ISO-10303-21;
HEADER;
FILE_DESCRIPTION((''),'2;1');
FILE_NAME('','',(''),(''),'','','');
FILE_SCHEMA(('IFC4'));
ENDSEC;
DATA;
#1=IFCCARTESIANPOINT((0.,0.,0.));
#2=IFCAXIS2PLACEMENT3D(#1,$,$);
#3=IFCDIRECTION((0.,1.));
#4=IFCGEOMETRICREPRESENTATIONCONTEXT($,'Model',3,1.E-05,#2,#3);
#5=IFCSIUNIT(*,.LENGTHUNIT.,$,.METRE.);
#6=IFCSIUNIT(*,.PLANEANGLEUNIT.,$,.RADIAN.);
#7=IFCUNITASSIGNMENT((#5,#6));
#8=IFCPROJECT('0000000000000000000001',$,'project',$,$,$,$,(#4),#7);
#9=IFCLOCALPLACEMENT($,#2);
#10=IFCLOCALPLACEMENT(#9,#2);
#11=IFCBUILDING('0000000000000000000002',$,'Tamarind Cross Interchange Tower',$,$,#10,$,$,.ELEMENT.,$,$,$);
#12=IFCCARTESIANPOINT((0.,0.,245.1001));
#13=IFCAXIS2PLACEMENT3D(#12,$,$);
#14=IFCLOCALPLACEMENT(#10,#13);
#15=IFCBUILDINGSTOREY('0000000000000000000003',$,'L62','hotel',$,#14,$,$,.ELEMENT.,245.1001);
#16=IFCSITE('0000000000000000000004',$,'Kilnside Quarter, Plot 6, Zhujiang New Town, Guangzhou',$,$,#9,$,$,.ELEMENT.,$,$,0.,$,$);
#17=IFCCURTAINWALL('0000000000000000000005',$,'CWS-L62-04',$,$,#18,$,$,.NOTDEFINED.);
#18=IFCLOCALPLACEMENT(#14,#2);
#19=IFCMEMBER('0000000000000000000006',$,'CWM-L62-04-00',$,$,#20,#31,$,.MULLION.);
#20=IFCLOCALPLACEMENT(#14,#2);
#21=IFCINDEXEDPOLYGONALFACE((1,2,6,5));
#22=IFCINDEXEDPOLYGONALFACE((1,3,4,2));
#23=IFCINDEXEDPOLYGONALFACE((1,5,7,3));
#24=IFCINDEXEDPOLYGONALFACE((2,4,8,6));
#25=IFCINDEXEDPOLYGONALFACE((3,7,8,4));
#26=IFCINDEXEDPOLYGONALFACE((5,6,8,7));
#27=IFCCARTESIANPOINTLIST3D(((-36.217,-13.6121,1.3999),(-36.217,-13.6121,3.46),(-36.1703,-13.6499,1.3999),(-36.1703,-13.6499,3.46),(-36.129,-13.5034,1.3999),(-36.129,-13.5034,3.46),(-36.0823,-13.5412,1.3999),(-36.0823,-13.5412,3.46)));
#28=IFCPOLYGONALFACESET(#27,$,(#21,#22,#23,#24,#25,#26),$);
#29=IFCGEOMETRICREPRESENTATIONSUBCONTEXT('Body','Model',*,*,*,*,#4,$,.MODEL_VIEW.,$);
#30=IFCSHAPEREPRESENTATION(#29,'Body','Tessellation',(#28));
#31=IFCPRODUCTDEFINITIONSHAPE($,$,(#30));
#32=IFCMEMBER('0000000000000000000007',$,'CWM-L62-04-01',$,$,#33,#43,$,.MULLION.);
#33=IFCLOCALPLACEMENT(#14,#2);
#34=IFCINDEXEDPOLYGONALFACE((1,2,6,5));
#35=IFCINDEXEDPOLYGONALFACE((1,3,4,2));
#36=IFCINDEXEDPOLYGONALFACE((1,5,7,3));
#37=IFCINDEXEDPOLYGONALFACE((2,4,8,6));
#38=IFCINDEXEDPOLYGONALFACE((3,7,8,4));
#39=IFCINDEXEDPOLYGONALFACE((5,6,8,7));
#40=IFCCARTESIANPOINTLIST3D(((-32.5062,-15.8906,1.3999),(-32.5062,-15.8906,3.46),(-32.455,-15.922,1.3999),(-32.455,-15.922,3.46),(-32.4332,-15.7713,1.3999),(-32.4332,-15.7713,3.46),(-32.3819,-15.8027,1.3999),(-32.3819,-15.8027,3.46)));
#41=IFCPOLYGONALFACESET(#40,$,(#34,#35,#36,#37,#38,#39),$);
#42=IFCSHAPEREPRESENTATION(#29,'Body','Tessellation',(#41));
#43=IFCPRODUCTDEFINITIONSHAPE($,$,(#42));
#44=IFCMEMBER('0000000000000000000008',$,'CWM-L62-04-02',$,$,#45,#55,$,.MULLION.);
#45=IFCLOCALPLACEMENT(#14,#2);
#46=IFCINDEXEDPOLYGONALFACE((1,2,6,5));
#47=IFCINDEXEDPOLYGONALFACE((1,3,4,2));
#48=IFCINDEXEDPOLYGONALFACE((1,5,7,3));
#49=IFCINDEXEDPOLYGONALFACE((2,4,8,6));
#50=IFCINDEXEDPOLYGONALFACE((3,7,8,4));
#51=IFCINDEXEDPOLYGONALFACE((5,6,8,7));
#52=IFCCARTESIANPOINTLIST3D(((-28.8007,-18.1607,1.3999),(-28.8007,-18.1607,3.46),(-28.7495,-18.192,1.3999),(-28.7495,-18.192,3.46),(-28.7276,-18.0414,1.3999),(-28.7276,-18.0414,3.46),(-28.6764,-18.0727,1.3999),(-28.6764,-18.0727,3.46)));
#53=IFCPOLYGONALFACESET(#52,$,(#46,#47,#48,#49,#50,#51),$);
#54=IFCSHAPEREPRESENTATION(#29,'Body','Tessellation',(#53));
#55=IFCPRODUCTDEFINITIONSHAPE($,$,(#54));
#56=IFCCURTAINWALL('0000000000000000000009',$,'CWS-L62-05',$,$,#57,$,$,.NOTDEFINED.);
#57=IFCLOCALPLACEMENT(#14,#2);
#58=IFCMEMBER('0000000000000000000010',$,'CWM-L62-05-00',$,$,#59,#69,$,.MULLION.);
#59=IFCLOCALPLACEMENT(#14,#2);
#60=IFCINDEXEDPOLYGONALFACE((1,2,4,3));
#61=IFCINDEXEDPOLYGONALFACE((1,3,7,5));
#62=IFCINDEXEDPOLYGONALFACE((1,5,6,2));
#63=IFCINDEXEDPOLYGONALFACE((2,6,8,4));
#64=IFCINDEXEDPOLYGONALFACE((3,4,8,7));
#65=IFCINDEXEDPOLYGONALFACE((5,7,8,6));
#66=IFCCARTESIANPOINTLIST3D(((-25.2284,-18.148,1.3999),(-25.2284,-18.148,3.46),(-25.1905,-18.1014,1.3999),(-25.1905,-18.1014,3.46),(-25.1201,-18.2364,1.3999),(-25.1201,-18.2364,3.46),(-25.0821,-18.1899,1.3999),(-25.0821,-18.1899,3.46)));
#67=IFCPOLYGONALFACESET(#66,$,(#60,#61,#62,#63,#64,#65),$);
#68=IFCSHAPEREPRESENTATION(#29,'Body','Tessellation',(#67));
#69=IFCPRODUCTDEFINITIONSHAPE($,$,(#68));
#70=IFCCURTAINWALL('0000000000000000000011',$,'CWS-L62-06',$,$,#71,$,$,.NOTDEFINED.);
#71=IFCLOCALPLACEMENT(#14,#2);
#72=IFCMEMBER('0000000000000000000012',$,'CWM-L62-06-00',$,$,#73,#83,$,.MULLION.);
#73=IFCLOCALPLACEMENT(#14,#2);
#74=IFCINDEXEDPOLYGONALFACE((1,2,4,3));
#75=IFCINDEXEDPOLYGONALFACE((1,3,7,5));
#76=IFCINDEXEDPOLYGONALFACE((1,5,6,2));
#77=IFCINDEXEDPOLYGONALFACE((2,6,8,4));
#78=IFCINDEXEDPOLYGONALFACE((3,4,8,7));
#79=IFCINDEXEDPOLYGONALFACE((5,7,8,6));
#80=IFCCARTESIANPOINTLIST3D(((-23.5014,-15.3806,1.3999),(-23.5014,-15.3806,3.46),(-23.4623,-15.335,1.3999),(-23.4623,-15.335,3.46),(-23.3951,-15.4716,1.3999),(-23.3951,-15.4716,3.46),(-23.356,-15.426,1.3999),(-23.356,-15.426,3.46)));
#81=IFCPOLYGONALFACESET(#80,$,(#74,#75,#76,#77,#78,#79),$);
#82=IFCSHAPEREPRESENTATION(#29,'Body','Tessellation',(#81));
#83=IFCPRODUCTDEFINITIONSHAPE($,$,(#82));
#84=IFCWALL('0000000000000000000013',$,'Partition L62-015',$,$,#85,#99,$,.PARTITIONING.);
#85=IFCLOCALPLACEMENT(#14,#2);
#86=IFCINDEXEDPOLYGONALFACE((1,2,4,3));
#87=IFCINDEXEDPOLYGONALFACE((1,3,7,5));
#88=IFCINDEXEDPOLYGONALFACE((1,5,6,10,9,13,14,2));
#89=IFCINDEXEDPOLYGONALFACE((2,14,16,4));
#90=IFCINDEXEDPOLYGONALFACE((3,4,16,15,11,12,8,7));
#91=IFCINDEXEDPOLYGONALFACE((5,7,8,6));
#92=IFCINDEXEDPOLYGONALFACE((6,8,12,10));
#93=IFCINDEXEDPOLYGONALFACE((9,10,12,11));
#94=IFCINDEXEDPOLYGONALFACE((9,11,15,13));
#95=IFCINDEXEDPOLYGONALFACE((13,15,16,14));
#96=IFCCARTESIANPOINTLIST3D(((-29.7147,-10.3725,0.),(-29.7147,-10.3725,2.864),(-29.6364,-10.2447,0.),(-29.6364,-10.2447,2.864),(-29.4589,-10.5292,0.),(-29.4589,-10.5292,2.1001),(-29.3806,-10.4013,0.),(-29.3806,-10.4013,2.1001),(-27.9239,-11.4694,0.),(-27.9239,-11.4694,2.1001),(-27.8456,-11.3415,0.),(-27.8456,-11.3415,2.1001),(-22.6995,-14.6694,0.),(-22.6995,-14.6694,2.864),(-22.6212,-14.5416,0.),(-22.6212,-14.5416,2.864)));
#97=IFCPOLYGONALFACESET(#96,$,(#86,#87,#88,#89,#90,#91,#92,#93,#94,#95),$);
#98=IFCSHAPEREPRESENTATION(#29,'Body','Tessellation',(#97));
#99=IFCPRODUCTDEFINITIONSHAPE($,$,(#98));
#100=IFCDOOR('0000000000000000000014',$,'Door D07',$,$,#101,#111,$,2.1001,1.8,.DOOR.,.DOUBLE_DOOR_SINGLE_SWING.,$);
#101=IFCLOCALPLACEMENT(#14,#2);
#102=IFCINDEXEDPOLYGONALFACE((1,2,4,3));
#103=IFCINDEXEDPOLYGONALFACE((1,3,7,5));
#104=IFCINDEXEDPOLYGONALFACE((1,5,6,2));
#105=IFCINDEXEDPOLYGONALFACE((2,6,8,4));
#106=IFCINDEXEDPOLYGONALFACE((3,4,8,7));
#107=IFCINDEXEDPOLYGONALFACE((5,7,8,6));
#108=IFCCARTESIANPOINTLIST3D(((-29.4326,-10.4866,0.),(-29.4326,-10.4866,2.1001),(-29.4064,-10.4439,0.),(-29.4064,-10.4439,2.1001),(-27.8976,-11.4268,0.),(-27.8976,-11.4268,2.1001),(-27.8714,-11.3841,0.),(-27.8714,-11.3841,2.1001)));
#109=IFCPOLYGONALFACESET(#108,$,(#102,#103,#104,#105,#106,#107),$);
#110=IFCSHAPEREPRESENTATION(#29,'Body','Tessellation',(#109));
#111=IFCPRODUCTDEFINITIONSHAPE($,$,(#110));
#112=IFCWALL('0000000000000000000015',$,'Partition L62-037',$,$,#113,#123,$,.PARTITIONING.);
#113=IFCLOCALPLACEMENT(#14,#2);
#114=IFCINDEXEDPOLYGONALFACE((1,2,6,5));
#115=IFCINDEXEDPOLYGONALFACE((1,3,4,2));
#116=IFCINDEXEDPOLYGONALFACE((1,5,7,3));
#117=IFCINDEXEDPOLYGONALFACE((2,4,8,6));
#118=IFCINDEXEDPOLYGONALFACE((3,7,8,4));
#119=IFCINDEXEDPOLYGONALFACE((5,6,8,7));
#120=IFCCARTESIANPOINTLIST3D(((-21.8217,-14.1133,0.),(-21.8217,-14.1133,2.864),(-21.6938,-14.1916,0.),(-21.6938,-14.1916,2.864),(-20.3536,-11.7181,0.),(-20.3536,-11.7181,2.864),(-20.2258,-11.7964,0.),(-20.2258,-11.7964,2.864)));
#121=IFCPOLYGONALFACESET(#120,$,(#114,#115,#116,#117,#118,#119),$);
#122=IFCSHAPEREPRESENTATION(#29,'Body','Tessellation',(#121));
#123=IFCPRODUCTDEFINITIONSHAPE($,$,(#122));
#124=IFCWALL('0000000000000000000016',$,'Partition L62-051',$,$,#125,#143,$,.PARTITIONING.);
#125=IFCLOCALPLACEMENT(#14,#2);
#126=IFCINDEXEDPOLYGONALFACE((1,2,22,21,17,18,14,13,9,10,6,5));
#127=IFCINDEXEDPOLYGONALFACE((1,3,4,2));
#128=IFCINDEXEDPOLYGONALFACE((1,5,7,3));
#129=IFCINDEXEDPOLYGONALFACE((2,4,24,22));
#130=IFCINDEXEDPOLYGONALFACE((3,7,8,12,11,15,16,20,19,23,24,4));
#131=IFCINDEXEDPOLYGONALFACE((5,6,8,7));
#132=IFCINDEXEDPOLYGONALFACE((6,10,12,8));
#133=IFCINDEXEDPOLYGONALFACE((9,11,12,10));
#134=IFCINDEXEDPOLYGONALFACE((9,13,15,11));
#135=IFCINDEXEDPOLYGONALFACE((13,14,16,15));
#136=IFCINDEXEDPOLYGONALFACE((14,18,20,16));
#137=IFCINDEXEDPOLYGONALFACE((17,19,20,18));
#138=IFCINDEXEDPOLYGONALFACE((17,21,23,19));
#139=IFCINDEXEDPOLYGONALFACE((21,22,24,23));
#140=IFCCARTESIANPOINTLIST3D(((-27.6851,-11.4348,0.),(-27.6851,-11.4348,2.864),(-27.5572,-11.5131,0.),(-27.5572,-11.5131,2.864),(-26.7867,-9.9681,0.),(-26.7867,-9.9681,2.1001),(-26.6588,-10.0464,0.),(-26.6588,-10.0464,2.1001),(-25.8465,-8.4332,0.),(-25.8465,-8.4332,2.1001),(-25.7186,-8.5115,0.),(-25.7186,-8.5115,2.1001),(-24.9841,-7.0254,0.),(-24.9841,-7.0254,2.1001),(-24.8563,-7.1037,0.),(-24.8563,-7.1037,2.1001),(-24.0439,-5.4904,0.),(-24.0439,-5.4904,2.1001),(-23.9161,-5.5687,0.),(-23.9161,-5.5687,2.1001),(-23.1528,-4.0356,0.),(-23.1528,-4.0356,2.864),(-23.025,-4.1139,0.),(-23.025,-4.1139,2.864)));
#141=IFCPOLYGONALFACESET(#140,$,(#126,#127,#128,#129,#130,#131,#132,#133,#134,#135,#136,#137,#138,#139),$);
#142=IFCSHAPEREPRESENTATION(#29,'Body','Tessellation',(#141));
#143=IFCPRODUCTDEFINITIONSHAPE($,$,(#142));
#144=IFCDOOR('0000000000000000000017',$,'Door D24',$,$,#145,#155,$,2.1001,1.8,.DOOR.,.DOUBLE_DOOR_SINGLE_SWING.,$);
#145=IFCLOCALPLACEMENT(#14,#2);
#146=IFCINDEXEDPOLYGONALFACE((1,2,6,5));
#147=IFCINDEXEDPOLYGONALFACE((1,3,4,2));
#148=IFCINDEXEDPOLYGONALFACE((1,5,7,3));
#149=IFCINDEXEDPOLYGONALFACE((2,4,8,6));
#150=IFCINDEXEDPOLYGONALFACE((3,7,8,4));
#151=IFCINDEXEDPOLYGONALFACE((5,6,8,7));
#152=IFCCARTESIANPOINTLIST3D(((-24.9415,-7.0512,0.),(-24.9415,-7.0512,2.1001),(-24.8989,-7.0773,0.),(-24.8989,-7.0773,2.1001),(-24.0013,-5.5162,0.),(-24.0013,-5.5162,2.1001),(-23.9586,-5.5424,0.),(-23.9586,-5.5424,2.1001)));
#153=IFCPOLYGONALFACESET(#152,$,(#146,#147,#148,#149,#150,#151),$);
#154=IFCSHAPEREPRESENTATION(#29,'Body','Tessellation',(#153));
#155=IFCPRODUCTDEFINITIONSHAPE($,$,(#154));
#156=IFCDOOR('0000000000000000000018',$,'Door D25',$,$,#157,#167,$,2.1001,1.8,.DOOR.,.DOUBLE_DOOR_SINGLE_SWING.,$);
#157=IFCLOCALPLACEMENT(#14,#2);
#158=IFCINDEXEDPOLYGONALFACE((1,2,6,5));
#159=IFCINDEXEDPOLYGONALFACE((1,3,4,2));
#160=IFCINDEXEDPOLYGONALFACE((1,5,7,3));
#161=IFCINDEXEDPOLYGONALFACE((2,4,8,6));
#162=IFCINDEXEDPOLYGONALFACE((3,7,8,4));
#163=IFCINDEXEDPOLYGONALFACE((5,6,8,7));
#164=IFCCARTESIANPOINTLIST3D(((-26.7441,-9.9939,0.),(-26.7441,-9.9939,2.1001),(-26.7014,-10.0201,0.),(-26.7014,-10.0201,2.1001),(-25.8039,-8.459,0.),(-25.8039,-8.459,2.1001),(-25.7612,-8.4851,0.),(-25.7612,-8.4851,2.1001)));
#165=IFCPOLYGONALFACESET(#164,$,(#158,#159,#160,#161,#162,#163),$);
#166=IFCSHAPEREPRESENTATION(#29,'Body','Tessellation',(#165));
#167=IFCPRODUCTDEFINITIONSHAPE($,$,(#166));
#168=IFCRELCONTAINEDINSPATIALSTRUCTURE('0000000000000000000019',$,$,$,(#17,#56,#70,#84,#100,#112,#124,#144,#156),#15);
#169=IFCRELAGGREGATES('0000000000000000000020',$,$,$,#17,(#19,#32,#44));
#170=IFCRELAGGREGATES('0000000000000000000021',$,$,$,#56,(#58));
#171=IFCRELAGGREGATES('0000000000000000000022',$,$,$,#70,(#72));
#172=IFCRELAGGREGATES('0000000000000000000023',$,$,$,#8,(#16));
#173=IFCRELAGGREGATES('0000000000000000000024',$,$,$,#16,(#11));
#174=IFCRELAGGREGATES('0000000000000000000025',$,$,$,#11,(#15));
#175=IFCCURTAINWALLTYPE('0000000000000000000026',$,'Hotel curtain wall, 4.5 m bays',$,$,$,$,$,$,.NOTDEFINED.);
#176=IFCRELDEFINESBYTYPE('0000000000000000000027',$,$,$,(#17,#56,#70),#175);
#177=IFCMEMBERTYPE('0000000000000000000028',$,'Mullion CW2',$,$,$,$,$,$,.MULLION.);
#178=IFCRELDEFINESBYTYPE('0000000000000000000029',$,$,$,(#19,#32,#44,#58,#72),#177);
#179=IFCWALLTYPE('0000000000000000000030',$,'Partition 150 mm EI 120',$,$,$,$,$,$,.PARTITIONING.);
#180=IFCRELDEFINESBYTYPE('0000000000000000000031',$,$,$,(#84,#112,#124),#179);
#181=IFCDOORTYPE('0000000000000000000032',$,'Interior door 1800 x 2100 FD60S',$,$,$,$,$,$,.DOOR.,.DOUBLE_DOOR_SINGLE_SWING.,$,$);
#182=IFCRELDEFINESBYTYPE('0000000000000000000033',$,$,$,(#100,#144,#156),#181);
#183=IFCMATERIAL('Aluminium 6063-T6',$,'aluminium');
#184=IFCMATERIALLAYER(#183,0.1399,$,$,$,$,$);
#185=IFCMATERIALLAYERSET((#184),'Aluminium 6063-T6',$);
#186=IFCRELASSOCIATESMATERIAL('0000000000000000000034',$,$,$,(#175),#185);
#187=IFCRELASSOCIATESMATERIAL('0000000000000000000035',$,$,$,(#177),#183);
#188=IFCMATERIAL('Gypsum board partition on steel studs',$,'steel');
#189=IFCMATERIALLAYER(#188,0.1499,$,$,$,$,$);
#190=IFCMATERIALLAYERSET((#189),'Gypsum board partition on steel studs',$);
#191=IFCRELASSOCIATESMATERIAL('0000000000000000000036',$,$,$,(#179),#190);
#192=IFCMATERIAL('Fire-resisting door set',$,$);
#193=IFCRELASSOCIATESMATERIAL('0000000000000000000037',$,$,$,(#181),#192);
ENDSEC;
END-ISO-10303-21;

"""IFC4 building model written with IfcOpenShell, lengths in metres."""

from ifc_helpers import new_model, si_unit, direction, frame, frame_2d, origin, origin_2d, place, context, subcontext, project, spatial, rectangle, extrude, material, layer, layer_set, material_profile, profile_set, type_object, element, fill, aggregate, save


model = new_model("IFC4")

# Units and contexts
model_context = context("Model", 3, precision=1e-05, world=origin(), true_north=direction((0.0, 1.0)))
body_context = subcontext(model_context, "Body", "Model", "MODEL_VIEW")
ifc_project = project(units=[si_unit("LENGTHUNIT", "METRE"), si_unit("PLANEANGLEUNIT", "RADIAN")], contexts=[model_context])

# Site, building, storey
site_placement = place(None, origin())
site = spatial("IfcSite", under=ifc_project, at=site_placement, Name="Kilnside Quarter, Plot 6, Zhujiang New Town, Guangzhou", CompositionType="ELEMENT", RefElevation=0.0)
building_placement = place(site_placement, origin())
building = spatial("IfcBuilding", under=site, at=building_placement, Name="Tamarind Cross Interchange Tower", CompositionType="ELEMENT")
storey_placement = place(building_placement, frame((0.0, 0.0, 245.1001)))
storey = spatial("IfcBuildingStorey", under=building, at=storey_placement, Name="L62", Description="hotel", CompositionType="ELEMENT", Elevation=245.1001)

# Curtain wall, members
ifc_material_1 = material(Name="Aluminium 6063-T6", Category="aluminium")
ifc_layer_1 = layer(ifc_material_1, 0.1399)
ifc_layer_set_1 = layer_set([ifc_layer_1], Name="Aluminium 6063-T6")
curtain_wall_type = type_object("IfcCurtainWallType", Name="Hotel curtain wall, 4.5 m bays", PredefinedType="NOTDEFINED", material=ifc_layer_set_1)
curtain_wall_1_placement = place(storey_placement, origin())
curtain_wall_1 = element("IfcCurtainWall", 1, at=curtain_wall_1_placement, inside=storey, type_object=curtain_wall_type, Name="CWS-L62-04", PredefinedType="NOTDEFINED")
ifc_material_profile_1 = material_profile(ifc_material_1, rectangle(XDim=0.0601, YDim=0.1399, at=origin_2d()), Name="Mullion CW2")
ifc_profile_set_1 = profile_set([ifc_material_profile_1], Name="Aluminium 6063-T6")
member_type = type_object("IfcMemberType", Name="Mullion CW2", PredefinedType="MULLION", material=ifc_profile_set_1)
member_1_placement = place(storey_placement, frame((-36.1497, -13.5767, 1.3999), z_axis=(0.0, 0.0, 1.0), x_axis=(0.777243, -0.629201, 0.0)))
member_1 = element("IfcMember", 2, at=member_1_placement, type_object=member_type, Name="CWM-L62-04-00", PredefinedType="MULLION", context=body_context, shape_type="SweptSolid", body=[
    extrude(rectangle(XDim=0.0601, YDim=0.1399, at=origin_2d()), origin(), (0.0, 0.0, 1.0), 2.0601),
])
member_2_placement = place(storey_placement, frame((-32.4441, -15.8467, 1.3999), z_axis=(0.0, 0.0, 1.0), x_axis=(0.85272, -0.522368, 0.0)))
member_2 = element("IfcMember", 3, at=member_2_placement, type_object=member_type, Name="CWM-L62-04-01", PredefinedType="MULLION", context=body_context, shape_type="SweptSolid", body=[
    extrude(rectangle(XDim=0.0601, YDim=0.1399, at=origin_2d()), origin(), (0.0, 0.0, 1.0), 2.0601),
])
member_3_placement = place(storey_placement, frame((-28.7385, -18.1167, 1.3999), z_axis=(0.0, 0.0, 1.0), x_axis=(0.85272, -0.522368, 0.0)))
member_3 = element("IfcMember", 4, at=member_3_placement, type_object=member_type, Name="CWM-L62-04-02", PredefinedType="MULLION", context=body_context, shape_type="SweptSolid", body=[
    extrude(rectangle(XDim=0.0601, YDim=0.1399, at=origin_2d()), origin(), (0.0, 0.0, 1.0), 2.0601),
])
aggregate(curtain_wall_1, [member_1, member_2, member_3])

# Curtain walls, members
curtain_wall_2_placement = place(storey_placement, origin())
curtain_wall_2 = element("IfcCurtainWall", 5, at=curtain_wall_2_placement, inside=storey, type_object=curtain_wall_type, Name="CWS-L62-05", PredefinedType="NOTDEFINED")
member_4_placement = place(storey_placement, frame((-25.1553, -18.1689, 1.3999), z_axis=(0.0, 0.0, 1.0), x_axis=(0.632497, 0.774563, 0.0)))
member_4 = element("IfcMember", 6, at=member_4_placement, type_object=member_type, Name="CWM-L62-05-00", PredefinedType="MULLION", context=body_context, shape_type="SweptSolid", body=[
    extrude(rectangle(XDim=0.0601, YDim=0.1399, at=origin_2d()), origin(), (0.0, 0.0, 1.0), 2.0601),
])
aggregate(curtain_wall_2, [member_4])
curtain_wall_3_placement = place(storey_placement, origin())
curtain_wall_3 = element("IfcCurtainWall", 7, at=curtain_wall_3_placement, inside=storey, type_object=curtain_wall_type, Name="CWS-L62-06", PredefinedType="NOTDEFINED")
member_5_placement = place(storey_placement, frame((-23.4287, -15.4033, 1.3999), z_axis=(0.0, 0.0, 1.0), x_axis=(0.650273, 0.759701, 0.0)))
member_5 = element("IfcMember", 8, at=member_5_placement, type_object=member_type, Name="CWM-L62-06-00", PredefinedType="MULLION", context=body_context, shape_type="SweptSolid", body=[
    extrude(rectangle(XDim=0.0601, YDim=0.1399, at=origin_2d()), origin(), (0.0, 0.0, 1.0), 2.0601),
])
aggregate(curtain_wall_3, [member_5])

# Wall, opening, door
ifc_material_2 = material(Name="Gypsum board partition on steel studs", Category="steel")
ifc_layer_2 = layer(ifc_material_2, 0.1499)
ifc_layer_set_2 = layer_set([ifc_layer_2], Name="Gypsum board partition on steel studs")
wall_type = type_object("IfcWallType", Name="Partition 150 mm EI 120", PredefinedType="PARTITIONING", material=ifc_layer_set_2)
wall_1_placement = place(storey_placement, frame((-29.6755, -10.3086, 0.0), z_axis=(0.0, 0.0, 1.0), x_axis=(0.852749, -0.522321, 0.0)))
wall_1 = element("IfcWall", 9, at=wall_1_placement, inside=storey, type_object=wall_type, Name="Partition L62-015", PredefinedType="PARTITIONING", context=body_context, shape_type="SweptSolid", body=[
    extrude(rectangle(XDim=8.2266, YDim=0.1499, at=frame_2d((4.1133, 0.0))), origin(), (0.0, 0.0, 1.0), 2.864),
])
opening_1_placement = place(wall_1_placement, frame((0.3, 0.0, 0.0)))
opening_1 = element("IfcOpeningElement", 10, at=opening_1_placement, cuts=wall_1, PredefinedType="OPENING", context=body_context, shape_type="SweptSolid", body=[
    extrude(rectangle(XDim=1.8, YDim=2.1001, at=frame_2d((0.8999, 1.05))), frame((0.0, 0.085, 0.0), z_axis=(0.0, -1.0, 0.0), x_axis=(1.0, 0.0, 0.0)), (0.0, 0.0, 1.0), 0.1699),
])
ifc_material_3 = material(Name="Fire-resisting door set")
door_type = type_object("IfcDoorType", Name="Interior door 1800 x 2100 FD60S", OperationType="DOUBLE_DOOR_SINGLE_SWING", PredefinedType="DOOR", material=ifc_material_3)
door_1_placement = place(opening_1_placement, frame((1.8, 0.0, 0.0), z_axis=(0.0, 0.0, 1.0), x_axis=(-1.0, 0.0, 0.0)))
door_1 = element("IfcDoor", 11, at=door_1_placement, inside=storey, type_object=door_type, Name="Door D07", OperationType="DOUBLE_DOOR_SINGLE_SWING", OverallHeight=2.1001, OverallWidth=1.8, PredefinedType="DOOR", context=body_context, shape_type="SweptSolid", body=[
    extrude(rectangle(XDim=1.8, YDim=2.1001, at=frame_2d((0.8999, 1.05))), frame((0.0, 0.0249, 0.0), z_axis=(0.0, -1.0, 0.0), x_axis=(1.0, 0.0, 0.0)), (0.0, 0.0, 1.0), 0.05),
])
fill(opening_1, door_1)

# Wall
wall_2_placement = place(storey_placement, frame((-21.7578, -14.1526, 0.0), z_axis=(0.0, 0.0, 1.0), x_axis=(0.52255, 0.852609, 0.0)))
element("IfcWall", 12, at=wall_2_placement, inside=storey, type_object=wall_type, Name="Partition L62-037", PredefinedType="PARTITIONING", context=body_context, shape_type="SweptSolid", body=[
    extrude(rectangle(XDim=2.8093, YDim=0.1499, at=frame_2d((1.4048, 0.0))), origin(), (0.0, 0.0, 1.0), 2.864),
])

# Wall, openings, doors
wall_3_placement = place(storey_placement, frame((-27.6211, -11.4739, 0.0), z_axis=(0.0, 0.0, 1.0), x_axis=(0.522332, 0.852742, 0.0)))
wall_3 = element("IfcWall", 13, at=wall_3_placement, inside=storey, type_object=wall_type, Name="Partition L62-051", PredefinedType="PARTITIONING", context=body_context, shape_type="SweptSolid", body=[
    extrude(rectangle(XDim=8.677, YDim=0.1499, at=frame_2d((4.3384, 0.0))), origin(), (0.0, 0.0, 1.0), 2.864),
])
opening_2_placement = place(wall_3_placement, frame((5.1709, 0.0, 0.0)))
opening_2 = element("IfcOpeningElement", 14, at=opening_2_placement, cuts=wall_3, PredefinedType="OPENING", context=body_context, shape_type="SweptSolid", body=[
    extrude(rectangle(XDim=1.8, YDim=2.1001, at=frame_2d((0.8999, 1.05))), frame((0.0, 0.085, 0.0), z_axis=(0.0, -1.0, 0.0), x_axis=(1.0, 0.0, 0.0)), (0.0, 0.0, 1.0), 0.1699),
])
opening_3_placement = place(wall_3_placement, frame((1.72, 0.0, 0.0)))
opening_3 = element("IfcOpeningElement", 15, at=opening_3_placement, cuts=wall_3, PredefinedType="OPENING", context=body_context, shape_type="SweptSolid", body=[
    extrude(rectangle(XDim=1.8, YDim=2.1001, at=frame_2d((0.8999, 1.05))), frame((0.0, 0.085, 0.0), z_axis=(0.0, -1.0, 0.0), x_axis=(1.0, 0.0, 0.0)), (0.0, 0.0, 1.0), 0.1699),
])
door_2_placement = place(opening_2_placement, frame((1.8, 0.0, 0.0), z_axis=(0.0, 0.0, 1.0), x_axis=(-1.0, 0.0, 0.0)))
door_2 = element("IfcDoor", 16, at=door_2_placement, inside=storey, type_object=door_type, Name="Door D24", OperationType="DOUBLE_DOOR_SINGLE_SWING", OverallHeight=2.1001, OverallWidth=1.8, PredefinedType="DOOR", context=body_context, shape_type="SweptSolid", body=[
    extrude(rectangle(XDim=1.8, YDim=2.1001, at=frame_2d((0.8999, 1.05))), frame((0.0, 0.0249, 0.0), z_axis=(0.0, -1.0, 0.0), x_axis=(1.0, 0.0, 0.0)), (0.0, 0.0, 1.0), 0.05),
])
fill(opening_2, door_2)
door_3_placement = place(opening_3_placement, frame((1.8, 0.0, 0.0), z_axis=(0.0, 0.0, 1.0), x_axis=(-1.0, 0.0, 0.0)))
door_3 = element("IfcDoor", 17, at=door_3_placement, inside=storey, type_object=door_type, Name="Door D25", OperationType="DOUBLE_DOOR_SINGLE_SWING", OverallHeight=2.1001, OverallWidth=1.8, PredefinedType="DOOR", context=body_context, shape_type="SweptSolid", body=[
    extrude(rectangle(XDim=1.8, YDim=2.1001, at=frame_2d((0.8999, 1.05))), frame((0.0, 0.0249, 0.0), z_axis=(0.0, -1.0, 0.0), x_axis=(1.0, 0.0, 0.0)), (0.0, 0.0, 1.0), 0.05),
])
fill(opening_3, door_3)

save(model, "model.ifc")
